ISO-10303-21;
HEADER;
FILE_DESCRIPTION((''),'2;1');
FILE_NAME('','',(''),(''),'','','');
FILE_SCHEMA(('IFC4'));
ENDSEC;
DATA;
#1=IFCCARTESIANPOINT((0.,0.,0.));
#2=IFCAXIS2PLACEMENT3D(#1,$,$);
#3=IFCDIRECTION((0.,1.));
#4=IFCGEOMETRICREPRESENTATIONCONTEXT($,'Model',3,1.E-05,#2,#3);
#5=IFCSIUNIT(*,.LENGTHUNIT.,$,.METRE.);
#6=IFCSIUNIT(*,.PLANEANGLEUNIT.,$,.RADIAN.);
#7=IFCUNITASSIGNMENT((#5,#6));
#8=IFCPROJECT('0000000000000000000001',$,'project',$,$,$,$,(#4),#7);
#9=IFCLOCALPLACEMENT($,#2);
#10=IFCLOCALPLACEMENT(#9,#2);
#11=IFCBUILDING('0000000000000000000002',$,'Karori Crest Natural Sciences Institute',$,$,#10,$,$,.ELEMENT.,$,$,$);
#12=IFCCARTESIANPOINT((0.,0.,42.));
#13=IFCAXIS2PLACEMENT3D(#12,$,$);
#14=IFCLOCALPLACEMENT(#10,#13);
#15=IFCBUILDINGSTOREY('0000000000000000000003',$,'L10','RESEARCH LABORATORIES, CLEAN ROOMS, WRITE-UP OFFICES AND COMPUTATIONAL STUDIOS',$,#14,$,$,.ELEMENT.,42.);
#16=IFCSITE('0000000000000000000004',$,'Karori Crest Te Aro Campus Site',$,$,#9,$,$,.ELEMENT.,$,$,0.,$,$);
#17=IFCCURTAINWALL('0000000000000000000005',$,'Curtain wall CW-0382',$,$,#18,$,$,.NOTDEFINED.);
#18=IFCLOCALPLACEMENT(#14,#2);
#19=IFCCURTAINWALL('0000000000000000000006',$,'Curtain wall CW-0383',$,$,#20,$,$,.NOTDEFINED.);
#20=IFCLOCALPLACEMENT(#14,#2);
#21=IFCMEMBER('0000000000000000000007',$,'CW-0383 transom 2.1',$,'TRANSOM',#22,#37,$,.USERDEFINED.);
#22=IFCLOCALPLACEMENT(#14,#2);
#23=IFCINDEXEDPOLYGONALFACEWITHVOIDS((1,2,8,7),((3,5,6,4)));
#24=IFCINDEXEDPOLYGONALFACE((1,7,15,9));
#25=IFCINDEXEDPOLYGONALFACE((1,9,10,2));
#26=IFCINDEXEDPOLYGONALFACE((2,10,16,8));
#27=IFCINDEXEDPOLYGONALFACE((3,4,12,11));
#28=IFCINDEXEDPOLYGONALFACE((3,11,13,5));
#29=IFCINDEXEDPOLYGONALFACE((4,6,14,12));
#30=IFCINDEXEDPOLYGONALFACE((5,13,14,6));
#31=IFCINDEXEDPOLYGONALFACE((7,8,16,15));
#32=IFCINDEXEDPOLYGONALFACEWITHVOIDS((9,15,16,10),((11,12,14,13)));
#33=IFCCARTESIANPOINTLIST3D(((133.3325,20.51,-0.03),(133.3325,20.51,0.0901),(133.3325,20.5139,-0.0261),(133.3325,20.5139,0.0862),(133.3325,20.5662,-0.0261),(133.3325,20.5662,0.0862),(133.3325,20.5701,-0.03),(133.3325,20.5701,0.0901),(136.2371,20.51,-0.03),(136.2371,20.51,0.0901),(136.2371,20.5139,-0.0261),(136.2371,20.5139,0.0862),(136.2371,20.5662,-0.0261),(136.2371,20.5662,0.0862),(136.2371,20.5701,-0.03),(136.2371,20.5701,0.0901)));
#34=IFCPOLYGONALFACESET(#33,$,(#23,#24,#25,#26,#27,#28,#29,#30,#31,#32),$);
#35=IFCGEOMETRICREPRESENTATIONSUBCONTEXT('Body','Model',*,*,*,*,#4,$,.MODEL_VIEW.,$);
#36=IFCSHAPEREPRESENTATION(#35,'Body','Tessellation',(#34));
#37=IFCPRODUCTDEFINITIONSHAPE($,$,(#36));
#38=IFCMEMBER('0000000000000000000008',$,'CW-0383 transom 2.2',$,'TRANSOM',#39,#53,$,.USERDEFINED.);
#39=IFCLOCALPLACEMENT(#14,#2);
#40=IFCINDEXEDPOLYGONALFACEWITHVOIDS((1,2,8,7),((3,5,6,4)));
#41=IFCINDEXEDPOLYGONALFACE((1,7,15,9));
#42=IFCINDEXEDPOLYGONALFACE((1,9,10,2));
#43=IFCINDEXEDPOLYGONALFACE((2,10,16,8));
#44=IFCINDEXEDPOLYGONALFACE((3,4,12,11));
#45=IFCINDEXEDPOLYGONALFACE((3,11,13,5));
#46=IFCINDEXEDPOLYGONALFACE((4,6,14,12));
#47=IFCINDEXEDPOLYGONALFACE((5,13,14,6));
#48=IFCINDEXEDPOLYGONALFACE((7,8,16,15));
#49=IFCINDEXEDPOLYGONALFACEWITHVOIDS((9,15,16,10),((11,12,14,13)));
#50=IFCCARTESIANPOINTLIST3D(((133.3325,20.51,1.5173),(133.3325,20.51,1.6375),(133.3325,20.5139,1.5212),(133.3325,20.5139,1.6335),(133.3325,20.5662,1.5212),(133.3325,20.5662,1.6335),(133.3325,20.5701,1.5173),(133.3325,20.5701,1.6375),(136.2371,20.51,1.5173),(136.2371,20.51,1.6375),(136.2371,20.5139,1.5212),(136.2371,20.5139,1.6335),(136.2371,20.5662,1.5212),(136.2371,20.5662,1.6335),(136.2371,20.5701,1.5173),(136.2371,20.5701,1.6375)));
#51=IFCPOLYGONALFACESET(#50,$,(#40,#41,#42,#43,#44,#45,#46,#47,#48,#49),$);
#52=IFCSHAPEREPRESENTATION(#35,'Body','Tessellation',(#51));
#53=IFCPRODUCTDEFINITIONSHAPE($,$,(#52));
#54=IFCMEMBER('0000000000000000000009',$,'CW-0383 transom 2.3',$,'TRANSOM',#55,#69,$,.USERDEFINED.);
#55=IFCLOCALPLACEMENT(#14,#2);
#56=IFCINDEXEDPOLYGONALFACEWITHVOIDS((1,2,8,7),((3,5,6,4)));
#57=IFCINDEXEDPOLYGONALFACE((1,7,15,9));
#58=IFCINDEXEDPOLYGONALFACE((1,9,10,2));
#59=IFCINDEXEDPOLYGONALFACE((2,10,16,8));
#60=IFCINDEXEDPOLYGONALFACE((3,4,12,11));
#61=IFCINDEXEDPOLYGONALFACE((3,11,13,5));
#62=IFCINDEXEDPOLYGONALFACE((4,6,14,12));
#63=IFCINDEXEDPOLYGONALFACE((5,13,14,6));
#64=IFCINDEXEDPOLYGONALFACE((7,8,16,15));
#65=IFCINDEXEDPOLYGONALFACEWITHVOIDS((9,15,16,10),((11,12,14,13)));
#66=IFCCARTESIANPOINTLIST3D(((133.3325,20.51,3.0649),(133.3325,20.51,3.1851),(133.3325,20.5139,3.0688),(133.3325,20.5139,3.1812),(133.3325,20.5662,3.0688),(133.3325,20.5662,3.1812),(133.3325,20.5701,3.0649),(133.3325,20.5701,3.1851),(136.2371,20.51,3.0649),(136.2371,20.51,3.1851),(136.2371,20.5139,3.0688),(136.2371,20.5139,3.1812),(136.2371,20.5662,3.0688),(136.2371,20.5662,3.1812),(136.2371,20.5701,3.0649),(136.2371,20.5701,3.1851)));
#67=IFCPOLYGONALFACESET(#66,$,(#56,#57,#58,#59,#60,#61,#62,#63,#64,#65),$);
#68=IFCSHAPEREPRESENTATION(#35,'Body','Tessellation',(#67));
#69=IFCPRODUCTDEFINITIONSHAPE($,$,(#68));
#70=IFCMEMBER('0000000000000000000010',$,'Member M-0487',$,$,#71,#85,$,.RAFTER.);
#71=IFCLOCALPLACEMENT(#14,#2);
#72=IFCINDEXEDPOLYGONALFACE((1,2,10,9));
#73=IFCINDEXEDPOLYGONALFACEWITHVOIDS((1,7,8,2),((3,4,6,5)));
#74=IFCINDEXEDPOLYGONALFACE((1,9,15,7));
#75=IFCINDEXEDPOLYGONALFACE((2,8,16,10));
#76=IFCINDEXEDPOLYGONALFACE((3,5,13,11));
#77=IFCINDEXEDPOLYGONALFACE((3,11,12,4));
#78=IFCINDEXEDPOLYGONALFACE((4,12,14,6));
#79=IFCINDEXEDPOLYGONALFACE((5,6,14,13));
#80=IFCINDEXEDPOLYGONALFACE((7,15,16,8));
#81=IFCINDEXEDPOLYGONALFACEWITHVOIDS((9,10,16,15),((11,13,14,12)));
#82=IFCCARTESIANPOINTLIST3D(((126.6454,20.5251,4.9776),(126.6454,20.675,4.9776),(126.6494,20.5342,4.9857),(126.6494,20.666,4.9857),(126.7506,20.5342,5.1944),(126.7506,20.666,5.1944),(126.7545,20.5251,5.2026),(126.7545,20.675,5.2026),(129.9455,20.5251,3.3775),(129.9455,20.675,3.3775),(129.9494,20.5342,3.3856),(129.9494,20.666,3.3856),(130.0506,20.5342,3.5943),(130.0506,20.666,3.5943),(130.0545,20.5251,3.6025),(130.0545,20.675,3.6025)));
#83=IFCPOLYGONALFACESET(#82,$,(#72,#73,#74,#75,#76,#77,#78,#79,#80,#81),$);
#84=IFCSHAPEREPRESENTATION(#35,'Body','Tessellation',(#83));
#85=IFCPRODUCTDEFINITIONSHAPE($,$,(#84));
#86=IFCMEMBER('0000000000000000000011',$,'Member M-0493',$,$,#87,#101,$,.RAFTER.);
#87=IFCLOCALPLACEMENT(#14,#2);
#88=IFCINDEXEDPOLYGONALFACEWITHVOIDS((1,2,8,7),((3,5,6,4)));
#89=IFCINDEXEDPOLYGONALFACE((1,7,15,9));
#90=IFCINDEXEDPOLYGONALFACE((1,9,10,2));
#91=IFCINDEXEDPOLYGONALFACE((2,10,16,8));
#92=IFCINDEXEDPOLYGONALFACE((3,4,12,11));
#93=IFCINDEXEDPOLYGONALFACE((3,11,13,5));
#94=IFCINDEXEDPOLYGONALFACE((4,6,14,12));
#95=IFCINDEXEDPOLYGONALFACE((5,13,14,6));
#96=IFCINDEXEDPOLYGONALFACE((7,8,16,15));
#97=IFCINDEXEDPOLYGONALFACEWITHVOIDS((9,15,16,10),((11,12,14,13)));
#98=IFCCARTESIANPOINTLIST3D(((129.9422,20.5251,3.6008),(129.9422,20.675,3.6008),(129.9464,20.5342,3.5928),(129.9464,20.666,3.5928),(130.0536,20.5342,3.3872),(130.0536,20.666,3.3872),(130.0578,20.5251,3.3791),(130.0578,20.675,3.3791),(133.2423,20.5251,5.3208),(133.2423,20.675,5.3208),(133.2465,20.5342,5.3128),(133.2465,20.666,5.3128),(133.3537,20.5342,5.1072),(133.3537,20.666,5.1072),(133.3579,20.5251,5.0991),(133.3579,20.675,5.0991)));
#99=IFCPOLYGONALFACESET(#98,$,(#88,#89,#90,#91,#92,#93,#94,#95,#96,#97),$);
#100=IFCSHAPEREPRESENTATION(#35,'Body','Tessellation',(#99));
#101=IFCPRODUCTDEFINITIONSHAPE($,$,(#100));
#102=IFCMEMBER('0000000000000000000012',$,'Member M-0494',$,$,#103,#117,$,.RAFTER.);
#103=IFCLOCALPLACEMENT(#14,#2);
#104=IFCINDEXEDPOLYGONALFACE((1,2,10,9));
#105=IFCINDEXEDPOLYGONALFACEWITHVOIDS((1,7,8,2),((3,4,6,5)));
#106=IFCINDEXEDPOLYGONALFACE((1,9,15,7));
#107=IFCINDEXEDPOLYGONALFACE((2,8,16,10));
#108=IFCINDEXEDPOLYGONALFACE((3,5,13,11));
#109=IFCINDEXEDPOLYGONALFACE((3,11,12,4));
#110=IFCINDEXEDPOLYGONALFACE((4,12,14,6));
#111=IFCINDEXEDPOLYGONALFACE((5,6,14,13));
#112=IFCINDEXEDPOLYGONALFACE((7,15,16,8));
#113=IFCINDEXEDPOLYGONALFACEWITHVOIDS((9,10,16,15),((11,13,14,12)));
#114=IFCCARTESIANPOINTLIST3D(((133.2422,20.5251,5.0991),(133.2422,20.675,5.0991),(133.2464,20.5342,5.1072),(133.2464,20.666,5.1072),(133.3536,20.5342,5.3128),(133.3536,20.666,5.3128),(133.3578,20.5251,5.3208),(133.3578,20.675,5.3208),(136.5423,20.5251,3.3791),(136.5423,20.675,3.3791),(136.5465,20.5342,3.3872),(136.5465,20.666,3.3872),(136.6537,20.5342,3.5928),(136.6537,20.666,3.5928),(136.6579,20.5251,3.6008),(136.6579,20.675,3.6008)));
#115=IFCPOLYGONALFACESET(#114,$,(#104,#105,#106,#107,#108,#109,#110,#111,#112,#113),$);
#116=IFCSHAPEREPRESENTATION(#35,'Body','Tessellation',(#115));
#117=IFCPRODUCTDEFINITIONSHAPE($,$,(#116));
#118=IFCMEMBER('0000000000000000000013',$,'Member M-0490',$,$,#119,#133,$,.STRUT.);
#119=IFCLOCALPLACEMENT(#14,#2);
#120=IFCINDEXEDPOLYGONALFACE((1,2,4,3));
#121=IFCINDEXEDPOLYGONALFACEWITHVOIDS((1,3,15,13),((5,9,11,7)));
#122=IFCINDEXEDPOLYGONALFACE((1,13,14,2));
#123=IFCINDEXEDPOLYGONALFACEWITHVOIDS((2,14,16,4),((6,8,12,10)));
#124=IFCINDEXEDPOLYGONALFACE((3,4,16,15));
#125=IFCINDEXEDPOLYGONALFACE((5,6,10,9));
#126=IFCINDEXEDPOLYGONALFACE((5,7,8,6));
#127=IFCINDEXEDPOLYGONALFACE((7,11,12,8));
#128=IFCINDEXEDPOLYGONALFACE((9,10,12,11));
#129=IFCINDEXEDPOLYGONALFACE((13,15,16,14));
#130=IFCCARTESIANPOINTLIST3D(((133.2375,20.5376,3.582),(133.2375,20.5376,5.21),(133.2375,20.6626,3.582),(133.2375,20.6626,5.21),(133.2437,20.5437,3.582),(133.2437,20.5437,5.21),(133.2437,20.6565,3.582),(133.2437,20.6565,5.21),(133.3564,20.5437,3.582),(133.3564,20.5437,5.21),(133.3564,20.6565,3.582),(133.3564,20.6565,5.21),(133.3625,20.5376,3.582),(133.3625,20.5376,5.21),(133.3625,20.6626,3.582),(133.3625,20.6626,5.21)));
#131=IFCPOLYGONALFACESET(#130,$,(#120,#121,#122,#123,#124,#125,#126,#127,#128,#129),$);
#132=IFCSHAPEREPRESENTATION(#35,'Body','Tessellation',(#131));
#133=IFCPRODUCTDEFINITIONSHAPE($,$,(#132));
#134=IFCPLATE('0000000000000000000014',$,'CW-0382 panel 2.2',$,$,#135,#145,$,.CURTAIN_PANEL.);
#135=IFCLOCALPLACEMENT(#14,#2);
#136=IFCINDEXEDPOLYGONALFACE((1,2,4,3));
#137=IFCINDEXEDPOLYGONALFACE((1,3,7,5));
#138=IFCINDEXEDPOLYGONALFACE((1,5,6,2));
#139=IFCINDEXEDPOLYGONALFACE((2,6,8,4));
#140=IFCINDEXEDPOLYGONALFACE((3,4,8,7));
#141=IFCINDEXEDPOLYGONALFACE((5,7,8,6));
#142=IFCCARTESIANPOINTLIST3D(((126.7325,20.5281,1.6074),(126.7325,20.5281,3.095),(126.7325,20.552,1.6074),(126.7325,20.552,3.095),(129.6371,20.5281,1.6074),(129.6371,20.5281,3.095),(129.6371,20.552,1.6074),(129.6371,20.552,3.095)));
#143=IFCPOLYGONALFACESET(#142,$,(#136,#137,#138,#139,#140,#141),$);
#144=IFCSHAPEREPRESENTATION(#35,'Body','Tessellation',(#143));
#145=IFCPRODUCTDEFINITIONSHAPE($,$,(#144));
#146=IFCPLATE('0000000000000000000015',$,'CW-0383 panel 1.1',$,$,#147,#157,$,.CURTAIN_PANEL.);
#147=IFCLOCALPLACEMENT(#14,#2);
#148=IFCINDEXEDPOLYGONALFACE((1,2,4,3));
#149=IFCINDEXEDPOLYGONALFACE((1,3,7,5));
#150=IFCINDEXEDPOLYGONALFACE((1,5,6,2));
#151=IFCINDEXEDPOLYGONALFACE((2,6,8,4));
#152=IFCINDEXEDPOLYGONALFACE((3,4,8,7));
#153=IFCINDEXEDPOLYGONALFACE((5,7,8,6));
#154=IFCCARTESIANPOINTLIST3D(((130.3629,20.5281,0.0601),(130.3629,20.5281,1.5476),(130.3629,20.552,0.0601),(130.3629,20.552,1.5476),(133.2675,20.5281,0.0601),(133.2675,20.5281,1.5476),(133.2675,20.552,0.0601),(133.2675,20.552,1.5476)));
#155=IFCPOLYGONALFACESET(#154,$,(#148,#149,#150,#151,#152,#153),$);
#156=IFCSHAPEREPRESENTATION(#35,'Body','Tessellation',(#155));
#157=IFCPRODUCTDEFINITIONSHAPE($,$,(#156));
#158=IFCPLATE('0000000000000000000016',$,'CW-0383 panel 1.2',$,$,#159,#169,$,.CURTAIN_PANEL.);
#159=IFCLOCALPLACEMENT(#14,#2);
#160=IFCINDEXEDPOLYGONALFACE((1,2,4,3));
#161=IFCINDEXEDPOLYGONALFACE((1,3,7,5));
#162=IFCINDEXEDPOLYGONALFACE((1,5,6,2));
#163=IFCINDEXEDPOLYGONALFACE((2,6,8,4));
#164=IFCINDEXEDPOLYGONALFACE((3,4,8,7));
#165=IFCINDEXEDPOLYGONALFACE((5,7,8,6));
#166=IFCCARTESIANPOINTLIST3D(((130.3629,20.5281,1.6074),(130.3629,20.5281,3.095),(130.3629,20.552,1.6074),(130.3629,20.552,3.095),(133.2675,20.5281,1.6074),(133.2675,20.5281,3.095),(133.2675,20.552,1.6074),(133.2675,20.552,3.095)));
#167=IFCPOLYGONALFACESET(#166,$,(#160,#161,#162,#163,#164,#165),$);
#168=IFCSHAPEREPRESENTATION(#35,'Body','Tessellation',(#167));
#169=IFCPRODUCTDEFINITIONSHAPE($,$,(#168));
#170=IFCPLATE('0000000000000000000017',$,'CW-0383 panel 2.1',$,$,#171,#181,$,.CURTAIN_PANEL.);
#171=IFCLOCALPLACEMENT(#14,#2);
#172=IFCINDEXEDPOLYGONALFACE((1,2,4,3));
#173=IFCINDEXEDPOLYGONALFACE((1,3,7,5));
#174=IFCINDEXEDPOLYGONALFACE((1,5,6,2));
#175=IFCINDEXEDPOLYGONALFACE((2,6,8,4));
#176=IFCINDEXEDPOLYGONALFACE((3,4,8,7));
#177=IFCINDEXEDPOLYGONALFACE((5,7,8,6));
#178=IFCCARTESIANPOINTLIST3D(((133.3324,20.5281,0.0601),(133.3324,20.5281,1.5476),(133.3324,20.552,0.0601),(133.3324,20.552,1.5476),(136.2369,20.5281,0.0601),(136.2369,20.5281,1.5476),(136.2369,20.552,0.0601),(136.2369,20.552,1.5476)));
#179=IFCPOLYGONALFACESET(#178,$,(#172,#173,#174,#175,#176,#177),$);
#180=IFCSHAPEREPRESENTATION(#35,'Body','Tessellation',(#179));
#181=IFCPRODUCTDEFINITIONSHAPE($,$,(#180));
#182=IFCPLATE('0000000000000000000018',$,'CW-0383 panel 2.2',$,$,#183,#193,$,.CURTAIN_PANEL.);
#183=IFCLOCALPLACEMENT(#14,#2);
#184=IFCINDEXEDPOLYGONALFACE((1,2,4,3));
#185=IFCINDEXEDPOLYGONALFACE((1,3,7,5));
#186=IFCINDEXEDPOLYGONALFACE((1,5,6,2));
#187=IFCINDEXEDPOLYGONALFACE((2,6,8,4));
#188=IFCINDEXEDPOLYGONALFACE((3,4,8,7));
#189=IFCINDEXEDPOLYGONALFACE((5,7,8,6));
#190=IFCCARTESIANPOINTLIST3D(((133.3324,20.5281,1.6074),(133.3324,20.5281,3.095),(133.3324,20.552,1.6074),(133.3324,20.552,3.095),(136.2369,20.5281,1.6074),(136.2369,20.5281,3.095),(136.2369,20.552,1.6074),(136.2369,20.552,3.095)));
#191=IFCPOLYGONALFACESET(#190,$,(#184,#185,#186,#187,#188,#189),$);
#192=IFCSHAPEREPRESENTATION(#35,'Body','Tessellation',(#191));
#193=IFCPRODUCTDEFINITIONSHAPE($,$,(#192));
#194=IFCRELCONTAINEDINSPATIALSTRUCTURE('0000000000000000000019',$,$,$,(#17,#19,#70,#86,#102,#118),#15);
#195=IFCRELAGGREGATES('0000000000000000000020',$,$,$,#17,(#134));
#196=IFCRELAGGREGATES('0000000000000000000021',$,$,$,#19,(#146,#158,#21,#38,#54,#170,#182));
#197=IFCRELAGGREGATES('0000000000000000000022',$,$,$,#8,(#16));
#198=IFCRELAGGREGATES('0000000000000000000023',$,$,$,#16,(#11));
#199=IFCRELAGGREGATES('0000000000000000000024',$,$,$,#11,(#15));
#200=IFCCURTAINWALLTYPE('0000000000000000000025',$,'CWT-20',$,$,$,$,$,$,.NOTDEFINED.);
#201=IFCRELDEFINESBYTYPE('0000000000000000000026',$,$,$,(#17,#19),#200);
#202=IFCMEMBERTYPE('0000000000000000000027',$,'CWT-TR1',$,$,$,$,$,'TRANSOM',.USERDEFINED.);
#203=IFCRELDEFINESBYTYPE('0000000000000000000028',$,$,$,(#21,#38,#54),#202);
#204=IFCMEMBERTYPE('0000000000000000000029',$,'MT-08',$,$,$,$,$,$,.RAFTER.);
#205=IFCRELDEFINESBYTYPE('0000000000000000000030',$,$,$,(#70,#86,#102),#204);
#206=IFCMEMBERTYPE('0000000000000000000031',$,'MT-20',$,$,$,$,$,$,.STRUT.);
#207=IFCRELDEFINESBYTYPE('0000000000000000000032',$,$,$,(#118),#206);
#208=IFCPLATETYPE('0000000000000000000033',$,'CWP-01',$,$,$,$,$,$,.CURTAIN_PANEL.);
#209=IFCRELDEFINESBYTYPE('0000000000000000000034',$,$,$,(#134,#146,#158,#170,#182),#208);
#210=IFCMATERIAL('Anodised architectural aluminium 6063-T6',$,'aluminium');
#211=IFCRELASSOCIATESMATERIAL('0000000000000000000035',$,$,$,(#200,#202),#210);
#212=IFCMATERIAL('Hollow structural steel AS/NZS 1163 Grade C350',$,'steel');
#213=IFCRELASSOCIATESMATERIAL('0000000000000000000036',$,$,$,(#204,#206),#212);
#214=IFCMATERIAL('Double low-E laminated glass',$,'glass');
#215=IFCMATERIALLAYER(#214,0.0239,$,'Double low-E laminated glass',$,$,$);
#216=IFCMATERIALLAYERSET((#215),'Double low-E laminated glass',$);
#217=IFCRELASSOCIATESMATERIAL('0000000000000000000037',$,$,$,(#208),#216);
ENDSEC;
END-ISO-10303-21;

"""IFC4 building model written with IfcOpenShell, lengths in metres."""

from ifc_helpers import new_model, si_unit, direction, frame, origin, origin_2d, place, context, subcontext, project, spatial, rectangle, hollow_rectangle, extrude, material, layer, layer_set, material_profile, profile_set, type_object, element, aggregate, save


model = new_model("IFC4")

# Units and contexts
model_context = context("Model", 3, precision=1e-05, world=origin(), true_north=direction((0.0, 1.0)))
body_context = subcontext(model_context, "Body", "Model", "MODEL_VIEW")
ifc_project = project(units=[si_unit("LENGTHUNIT", "METRE"), si_unit("PLANEANGLEUNIT", "RADIAN")], contexts=[model_context])

# Site, building, storey
site_placement = place(None, origin())
site = spatial("IfcSite", under=ifc_project, at=site_placement, Name="Karori Crest Te Aro Campus Site", CompositionType="ELEMENT", RefElevation=0.0)
building_placement = place(site_placement, origin())
building = spatial("IfcBuilding", under=site, at=building_placement, Name="Karori Crest Natural Sciences Institute", CompositionType="ELEMENT")
storey_placement = place(building_placement, frame((0.0, 0.0, 42.0)))
storey = spatial("IfcBuildingStorey", under=building, at=storey_placement, Name="L10", Description="RESEARCH LABORATORIES, CLEAN ROOMS, WRITE-UP OFFICES AND COMPUTATIONAL STUDIOS", CompositionType="ELEMENT", Elevation=42.0)

# Shared definitions
ifc_material_1 = material(Name="Hollow structural steel AS/NZS 1163 Grade C350", Category="steel")

# Curtain wall
ifc_material_2 = material(Name="Anodised architectural aluminium 6063-T6", Category="aluminium")
curtain_wall_type = type_object("IfcCurtainWallType", Name="CWT-20", PredefinedType="NOTDEFINED", material=ifc_material_2)
curtain_wall_1_placement = place(storey_placement, origin())
curtain_wall_1 = element("IfcCurtainWall", 1, at=curtain_wall_1_placement, inside=storey, type_object=curtain_wall_type, Name="Curtain wall CW-0382", PredefinedType="NOTDEFINED")

# Curtain wall, members
curtain_wall_2_placement = place(storey_placement, origin())
curtain_wall_2 = element("IfcCurtainWall", 2, at=curtain_wall_2_placement, inside=storey, type_object=curtain_wall_type, Name="Curtain wall CW-0383", PredefinedType="NOTDEFINED")
ifc_material_profile_1 = material_profile(ifc_material_2, hollow_rectangle(XDim=0.0601, YDim=0.1201, WallThickness=0.0039, at=origin_2d()), Name="CWT120x60x4")
ifc_profile_set_1 = profile_set([ifc_material_profile_1], Name="Anodised architectural aluminium 6063-T6")
member_type_1 = type_object("IfcMemberType", Name="CWT-TR1", ElementType="TRANSOM", PredefinedType="USERDEFINED", material=ifc_profile_set_1)
member_1_placement = place(storey_placement, frame((133.3325, 20.54, 0.03), z_axis=(1.0, 0.0, 0.0), x_axis=(0.0, 1.0, 0.0)))
member_1 = element("IfcMember", 3, at=member_1_placement, type_object=member_type_1, Name="CW-0383 transom 2.1", ObjectType="TRANSOM", PredefinedType="USERDEFINED", context=body_context, shape_type="SweptSolid", body=[
    extrude(hollow_rectangle(XDim=0.0601, YDim=0.1201, WallThickness=0.0039, at=origin_2d()), origin(), (0.0, 0.0, 1.0), 2.9045),
])
member_2_placement = place(storey_placement, frame((133.3325, 20.54, 1.5774), z_axis=(1.0, 0.0, 0.0), x_axis=(0.0, 1.0, 0.0)))
member_2 = element("IfcMember", 4, at=member_2_placement, type_object=member_type_1, Name="CW-0383 transom 2.2", ObjectType="TRANSOM", PredefinedType="USERDEFINED", context=body_context, shape_type="SweptSolid", body=[
    extrude(hollow_rectangle(XDim=0.0601, YDim=0.1201, WallThickness=0.0039, at=origin_2d()), origin(), (0.0, 0.0, 1.0), 2.9045),
])
member_3_placement = place(storey_placement, frame((133.3325, 20.54, 3.125), z_axis=(1.0, 0.0, 0.0), x_axis=(0.0, 1.0, 0.0)))
member_3 = element("IfcMember", 5, at=member_3_placement, type_object=member_type_1, Name="CW-0383 transom 2.3", ObjectType="TRANSOM", PredefinedType="USERDEFINED", context=body_context, shape_type="SweptSolid", body=[
    extrude(hollow_rectangle(XDim=0.0601, YDim=0.1201, WallThickness=0.0039, at=origin_2d()), origin(), (0.0, 0.0, 1.0), 2.9045),
])

# Members
ifc_material_profile_2 = material_profile(ifc_material_1, hollow_rectangle(XDim=0.1499, YDim=0.25, WallThickness=0.009, at=origin_2d()), Name="RHS250x150x9")
ifc_profile_set_2 = profile_set([ifc_material_profile_2], Name="Hollow structural steel AS/NZS 1163 Grade C350")
member_type_2 = type_object("IfcMemberType", Name="MT-08", PredefinedType="RAFTER", material=ifc_profile_set_2)
member_4_placement = place(storey_placement, frame((130.0, 20.6001, 3.49), z_axis=(-0.899806, 0.0, 0.43629), x_axis=(0.0, -1.0, 0.0)))
element("IfcMember", 6, at=member_4_placement, inside=storey, type_object=member_type_2, Name="Member M-0487", PredefinedType="RAFTER", context=body_context, shape_type="SweptSolid", body=[
    extrude(hollow_rectangle(XDim=0.1499, YDim=0.25, WallThickness=0.009, at=origin_2d()), origin(), (0.0, 0.0, 1.0), 3.6675),
])
for number, where, z_axis, x_axis, name in (
    (7, (130.0, 20.6001, 3.49), (0.886782, 0.0, 0.462187), (0.0, 1.0, 0.0), "Member M-0493"),
    (8, (136.6001, 20.6001, 3.49), (-0.886782, 0.0, 0.462187), (0.0, -1.0, 0.0), "Member M-0494"),
):
    element("IfcMember", number, at=place(storey_placement, frame(where, z_axis=z_axis, x_axis=x_axis)), inside=storey, type_object=member_type_2, Name=name, PredefinedType="RAFTER", context=body_context, shape_type="SweptSolid", body=[
        extrude(hollow_rectangle(XDim=0.1499, YDim=0.25, WallThickness=0.009, at=origin_2d()), origin(), (0.0, 0.0, 1.0), 3.7214),
    ])
ifc_material_profile_3 = material_profile(ifc_material_1, hollow_rectangle(XDim=0.125, YDim=0.125, WallThickness=0.0061, at=origin_2d()), Name="SHS125x125x6")
ifc_profile_set_3 = profile_set([ifc_material_profile_3], Name="Hollow structural steel AS/NZS 1163 Grade C350")
member_type_3 = type_object("IfcMemberType", Name="MT-20", PredefinedType="STRUT", material=ifc_profile_set_3)
member_5_placement = place(storey_placement, frame((133.3, 20.6001, 3.582), z_axis=(0.0, 0.0, 1.0), x_axis=(1.0, 0.0, 0.0)))
element("IfcMember", 9, at=member_5_placement, inside=storey, type_object=member_type_3, Name="Member M-0490", PredefinedType="STRUT", context=body_context, shape_type="SweptSolid", body=[
    extrude(hollow_rectangle(XDim=0.125, YDim=0.125, WallThickness=0.0061, at=origin_2d()), origin(), (0.0, 0.0, 1.0), 1.6279),
])

# Plates
ifc_material_3 = material(Name="Double low-E laminated glass", Category="glass")
ifc_layer_1 = layer(ifc_material_3, 0.0239, Name="Double low-E laminated glass")
ifc_layer_set_1 = layer_set([ifc_layer_1], Name="Double low-E laminated glass")
plate_type_1 = type_object("IfcPlateType", Name="CWP-01", PredefinedType="CURTAIN_PANEL", material=ifc_layer_set_1)
plate_1_placement = place(storey_placement, frame((128.1848, 20.54, 1.6074), z_axis=(0.0, 0.0, 1.0), x_axis=(1.0, 0.0, 0.0)))
plate_1 = element("IfcPlate", 10, at=plate_1_placement, type_object=plate_type_1, Name="CW-0382 panel 2.2", PredefinedType="CURTAIN_PANEL", context=body_context, shape_type="SweptSolid", body=[
    extrude(rectangle(XDim=2.9045, YDim=0.0239, at=origin_2d()), origin(), (0.0, 0.0, 1.0), 1.4875),
])
aggregate(curtain_wall_1, [plate_1])
plate_2_placement = place(storey_placement, frame((131.8152, 20.54, 0.0601), z_axis=(0.0, 0.0, 1.0), x_axis=(1.0, 0.0, 0.0)))
plate_2 = element("IfcPlate", 11, at=plate_2_placement, type_object=plate_type_1, Name="CW-0383 panel 1.1", PredefinedType="CURTAIN_PANEL", context=body_context, shape_type="SweptSolid", body=[
    extrude(rectangle(XDim=2.9045, YDim=0.0239, at=origin_2d()), origin(), (0.0, 0.0, 1.0), 1.4875),
])
plate_3_placement = place(storey_placement, frame((131.8152, 20.54, 1.6074), z_axis=(0.0, 0.0, 1.0), x_axis=(1.0, 0.0, 0.0)))
plate_3 = element("IfcPlate", 12, at=plate_3_placement, type_object=plate_type_1, Name="CW-0383 panel 1.2", PredefinedType="CURTAIN_PANEL", context=body_context, shape_type="SweptSolid", body=[
    extrude(rectangle(XDim=2.9045, YDim=0.0239, at=origin_2d()), origin(), (0.0, 0.0, 1.0), 1.4875),
])
plate_4_placement = place(storey_placement, frame((134.7847, 20.54, 0.0601), z_axis=(0.0, 0.0, 1.0), x_axis=(1.0, 0.0, 0.0)))
plate_4 = element("IfcPlate", 13, at=plate_4_placement, type_object=plate_type_1, Name="CW-0383 panel 2.1", PredefinedType="CURTAIN_PANEL", context=body_context, shape_type="SweptSolid", body=[
    extrude(rectangle(XDim=2.9045, YDim=0.0239, at=origin_2d()), origin(), (0.0, 0.0, 1.0), 1.4875),
])
plate_5_placement = place(storey_placement, frame((134.7847, 20.54, 1.6074), z_axis=(0.0, 0.0, 1.0), x_axis=(1.0, 0.0, 0.0)))
plate_5 = element("IfcPlate", 14, at=plate_5_placement, type_object=plate_type_1, Name="CW-0383 panel 2.2", PredefinedType="CURTAIN_PANEL", context=body_context, shape_type="SweptSolid", body=[
    extrude(rectangle(XDim=2.9045, YDim=0.0239, at=origin_2d()), origin(), (0.0, 0.0, 1.0), 1.4875),
])
aggregate(curtain_wall_2, [plate_2, plate_3, member_1, member_2, member_3, plate_4, plate_5])

save(model, "model.ifc")
